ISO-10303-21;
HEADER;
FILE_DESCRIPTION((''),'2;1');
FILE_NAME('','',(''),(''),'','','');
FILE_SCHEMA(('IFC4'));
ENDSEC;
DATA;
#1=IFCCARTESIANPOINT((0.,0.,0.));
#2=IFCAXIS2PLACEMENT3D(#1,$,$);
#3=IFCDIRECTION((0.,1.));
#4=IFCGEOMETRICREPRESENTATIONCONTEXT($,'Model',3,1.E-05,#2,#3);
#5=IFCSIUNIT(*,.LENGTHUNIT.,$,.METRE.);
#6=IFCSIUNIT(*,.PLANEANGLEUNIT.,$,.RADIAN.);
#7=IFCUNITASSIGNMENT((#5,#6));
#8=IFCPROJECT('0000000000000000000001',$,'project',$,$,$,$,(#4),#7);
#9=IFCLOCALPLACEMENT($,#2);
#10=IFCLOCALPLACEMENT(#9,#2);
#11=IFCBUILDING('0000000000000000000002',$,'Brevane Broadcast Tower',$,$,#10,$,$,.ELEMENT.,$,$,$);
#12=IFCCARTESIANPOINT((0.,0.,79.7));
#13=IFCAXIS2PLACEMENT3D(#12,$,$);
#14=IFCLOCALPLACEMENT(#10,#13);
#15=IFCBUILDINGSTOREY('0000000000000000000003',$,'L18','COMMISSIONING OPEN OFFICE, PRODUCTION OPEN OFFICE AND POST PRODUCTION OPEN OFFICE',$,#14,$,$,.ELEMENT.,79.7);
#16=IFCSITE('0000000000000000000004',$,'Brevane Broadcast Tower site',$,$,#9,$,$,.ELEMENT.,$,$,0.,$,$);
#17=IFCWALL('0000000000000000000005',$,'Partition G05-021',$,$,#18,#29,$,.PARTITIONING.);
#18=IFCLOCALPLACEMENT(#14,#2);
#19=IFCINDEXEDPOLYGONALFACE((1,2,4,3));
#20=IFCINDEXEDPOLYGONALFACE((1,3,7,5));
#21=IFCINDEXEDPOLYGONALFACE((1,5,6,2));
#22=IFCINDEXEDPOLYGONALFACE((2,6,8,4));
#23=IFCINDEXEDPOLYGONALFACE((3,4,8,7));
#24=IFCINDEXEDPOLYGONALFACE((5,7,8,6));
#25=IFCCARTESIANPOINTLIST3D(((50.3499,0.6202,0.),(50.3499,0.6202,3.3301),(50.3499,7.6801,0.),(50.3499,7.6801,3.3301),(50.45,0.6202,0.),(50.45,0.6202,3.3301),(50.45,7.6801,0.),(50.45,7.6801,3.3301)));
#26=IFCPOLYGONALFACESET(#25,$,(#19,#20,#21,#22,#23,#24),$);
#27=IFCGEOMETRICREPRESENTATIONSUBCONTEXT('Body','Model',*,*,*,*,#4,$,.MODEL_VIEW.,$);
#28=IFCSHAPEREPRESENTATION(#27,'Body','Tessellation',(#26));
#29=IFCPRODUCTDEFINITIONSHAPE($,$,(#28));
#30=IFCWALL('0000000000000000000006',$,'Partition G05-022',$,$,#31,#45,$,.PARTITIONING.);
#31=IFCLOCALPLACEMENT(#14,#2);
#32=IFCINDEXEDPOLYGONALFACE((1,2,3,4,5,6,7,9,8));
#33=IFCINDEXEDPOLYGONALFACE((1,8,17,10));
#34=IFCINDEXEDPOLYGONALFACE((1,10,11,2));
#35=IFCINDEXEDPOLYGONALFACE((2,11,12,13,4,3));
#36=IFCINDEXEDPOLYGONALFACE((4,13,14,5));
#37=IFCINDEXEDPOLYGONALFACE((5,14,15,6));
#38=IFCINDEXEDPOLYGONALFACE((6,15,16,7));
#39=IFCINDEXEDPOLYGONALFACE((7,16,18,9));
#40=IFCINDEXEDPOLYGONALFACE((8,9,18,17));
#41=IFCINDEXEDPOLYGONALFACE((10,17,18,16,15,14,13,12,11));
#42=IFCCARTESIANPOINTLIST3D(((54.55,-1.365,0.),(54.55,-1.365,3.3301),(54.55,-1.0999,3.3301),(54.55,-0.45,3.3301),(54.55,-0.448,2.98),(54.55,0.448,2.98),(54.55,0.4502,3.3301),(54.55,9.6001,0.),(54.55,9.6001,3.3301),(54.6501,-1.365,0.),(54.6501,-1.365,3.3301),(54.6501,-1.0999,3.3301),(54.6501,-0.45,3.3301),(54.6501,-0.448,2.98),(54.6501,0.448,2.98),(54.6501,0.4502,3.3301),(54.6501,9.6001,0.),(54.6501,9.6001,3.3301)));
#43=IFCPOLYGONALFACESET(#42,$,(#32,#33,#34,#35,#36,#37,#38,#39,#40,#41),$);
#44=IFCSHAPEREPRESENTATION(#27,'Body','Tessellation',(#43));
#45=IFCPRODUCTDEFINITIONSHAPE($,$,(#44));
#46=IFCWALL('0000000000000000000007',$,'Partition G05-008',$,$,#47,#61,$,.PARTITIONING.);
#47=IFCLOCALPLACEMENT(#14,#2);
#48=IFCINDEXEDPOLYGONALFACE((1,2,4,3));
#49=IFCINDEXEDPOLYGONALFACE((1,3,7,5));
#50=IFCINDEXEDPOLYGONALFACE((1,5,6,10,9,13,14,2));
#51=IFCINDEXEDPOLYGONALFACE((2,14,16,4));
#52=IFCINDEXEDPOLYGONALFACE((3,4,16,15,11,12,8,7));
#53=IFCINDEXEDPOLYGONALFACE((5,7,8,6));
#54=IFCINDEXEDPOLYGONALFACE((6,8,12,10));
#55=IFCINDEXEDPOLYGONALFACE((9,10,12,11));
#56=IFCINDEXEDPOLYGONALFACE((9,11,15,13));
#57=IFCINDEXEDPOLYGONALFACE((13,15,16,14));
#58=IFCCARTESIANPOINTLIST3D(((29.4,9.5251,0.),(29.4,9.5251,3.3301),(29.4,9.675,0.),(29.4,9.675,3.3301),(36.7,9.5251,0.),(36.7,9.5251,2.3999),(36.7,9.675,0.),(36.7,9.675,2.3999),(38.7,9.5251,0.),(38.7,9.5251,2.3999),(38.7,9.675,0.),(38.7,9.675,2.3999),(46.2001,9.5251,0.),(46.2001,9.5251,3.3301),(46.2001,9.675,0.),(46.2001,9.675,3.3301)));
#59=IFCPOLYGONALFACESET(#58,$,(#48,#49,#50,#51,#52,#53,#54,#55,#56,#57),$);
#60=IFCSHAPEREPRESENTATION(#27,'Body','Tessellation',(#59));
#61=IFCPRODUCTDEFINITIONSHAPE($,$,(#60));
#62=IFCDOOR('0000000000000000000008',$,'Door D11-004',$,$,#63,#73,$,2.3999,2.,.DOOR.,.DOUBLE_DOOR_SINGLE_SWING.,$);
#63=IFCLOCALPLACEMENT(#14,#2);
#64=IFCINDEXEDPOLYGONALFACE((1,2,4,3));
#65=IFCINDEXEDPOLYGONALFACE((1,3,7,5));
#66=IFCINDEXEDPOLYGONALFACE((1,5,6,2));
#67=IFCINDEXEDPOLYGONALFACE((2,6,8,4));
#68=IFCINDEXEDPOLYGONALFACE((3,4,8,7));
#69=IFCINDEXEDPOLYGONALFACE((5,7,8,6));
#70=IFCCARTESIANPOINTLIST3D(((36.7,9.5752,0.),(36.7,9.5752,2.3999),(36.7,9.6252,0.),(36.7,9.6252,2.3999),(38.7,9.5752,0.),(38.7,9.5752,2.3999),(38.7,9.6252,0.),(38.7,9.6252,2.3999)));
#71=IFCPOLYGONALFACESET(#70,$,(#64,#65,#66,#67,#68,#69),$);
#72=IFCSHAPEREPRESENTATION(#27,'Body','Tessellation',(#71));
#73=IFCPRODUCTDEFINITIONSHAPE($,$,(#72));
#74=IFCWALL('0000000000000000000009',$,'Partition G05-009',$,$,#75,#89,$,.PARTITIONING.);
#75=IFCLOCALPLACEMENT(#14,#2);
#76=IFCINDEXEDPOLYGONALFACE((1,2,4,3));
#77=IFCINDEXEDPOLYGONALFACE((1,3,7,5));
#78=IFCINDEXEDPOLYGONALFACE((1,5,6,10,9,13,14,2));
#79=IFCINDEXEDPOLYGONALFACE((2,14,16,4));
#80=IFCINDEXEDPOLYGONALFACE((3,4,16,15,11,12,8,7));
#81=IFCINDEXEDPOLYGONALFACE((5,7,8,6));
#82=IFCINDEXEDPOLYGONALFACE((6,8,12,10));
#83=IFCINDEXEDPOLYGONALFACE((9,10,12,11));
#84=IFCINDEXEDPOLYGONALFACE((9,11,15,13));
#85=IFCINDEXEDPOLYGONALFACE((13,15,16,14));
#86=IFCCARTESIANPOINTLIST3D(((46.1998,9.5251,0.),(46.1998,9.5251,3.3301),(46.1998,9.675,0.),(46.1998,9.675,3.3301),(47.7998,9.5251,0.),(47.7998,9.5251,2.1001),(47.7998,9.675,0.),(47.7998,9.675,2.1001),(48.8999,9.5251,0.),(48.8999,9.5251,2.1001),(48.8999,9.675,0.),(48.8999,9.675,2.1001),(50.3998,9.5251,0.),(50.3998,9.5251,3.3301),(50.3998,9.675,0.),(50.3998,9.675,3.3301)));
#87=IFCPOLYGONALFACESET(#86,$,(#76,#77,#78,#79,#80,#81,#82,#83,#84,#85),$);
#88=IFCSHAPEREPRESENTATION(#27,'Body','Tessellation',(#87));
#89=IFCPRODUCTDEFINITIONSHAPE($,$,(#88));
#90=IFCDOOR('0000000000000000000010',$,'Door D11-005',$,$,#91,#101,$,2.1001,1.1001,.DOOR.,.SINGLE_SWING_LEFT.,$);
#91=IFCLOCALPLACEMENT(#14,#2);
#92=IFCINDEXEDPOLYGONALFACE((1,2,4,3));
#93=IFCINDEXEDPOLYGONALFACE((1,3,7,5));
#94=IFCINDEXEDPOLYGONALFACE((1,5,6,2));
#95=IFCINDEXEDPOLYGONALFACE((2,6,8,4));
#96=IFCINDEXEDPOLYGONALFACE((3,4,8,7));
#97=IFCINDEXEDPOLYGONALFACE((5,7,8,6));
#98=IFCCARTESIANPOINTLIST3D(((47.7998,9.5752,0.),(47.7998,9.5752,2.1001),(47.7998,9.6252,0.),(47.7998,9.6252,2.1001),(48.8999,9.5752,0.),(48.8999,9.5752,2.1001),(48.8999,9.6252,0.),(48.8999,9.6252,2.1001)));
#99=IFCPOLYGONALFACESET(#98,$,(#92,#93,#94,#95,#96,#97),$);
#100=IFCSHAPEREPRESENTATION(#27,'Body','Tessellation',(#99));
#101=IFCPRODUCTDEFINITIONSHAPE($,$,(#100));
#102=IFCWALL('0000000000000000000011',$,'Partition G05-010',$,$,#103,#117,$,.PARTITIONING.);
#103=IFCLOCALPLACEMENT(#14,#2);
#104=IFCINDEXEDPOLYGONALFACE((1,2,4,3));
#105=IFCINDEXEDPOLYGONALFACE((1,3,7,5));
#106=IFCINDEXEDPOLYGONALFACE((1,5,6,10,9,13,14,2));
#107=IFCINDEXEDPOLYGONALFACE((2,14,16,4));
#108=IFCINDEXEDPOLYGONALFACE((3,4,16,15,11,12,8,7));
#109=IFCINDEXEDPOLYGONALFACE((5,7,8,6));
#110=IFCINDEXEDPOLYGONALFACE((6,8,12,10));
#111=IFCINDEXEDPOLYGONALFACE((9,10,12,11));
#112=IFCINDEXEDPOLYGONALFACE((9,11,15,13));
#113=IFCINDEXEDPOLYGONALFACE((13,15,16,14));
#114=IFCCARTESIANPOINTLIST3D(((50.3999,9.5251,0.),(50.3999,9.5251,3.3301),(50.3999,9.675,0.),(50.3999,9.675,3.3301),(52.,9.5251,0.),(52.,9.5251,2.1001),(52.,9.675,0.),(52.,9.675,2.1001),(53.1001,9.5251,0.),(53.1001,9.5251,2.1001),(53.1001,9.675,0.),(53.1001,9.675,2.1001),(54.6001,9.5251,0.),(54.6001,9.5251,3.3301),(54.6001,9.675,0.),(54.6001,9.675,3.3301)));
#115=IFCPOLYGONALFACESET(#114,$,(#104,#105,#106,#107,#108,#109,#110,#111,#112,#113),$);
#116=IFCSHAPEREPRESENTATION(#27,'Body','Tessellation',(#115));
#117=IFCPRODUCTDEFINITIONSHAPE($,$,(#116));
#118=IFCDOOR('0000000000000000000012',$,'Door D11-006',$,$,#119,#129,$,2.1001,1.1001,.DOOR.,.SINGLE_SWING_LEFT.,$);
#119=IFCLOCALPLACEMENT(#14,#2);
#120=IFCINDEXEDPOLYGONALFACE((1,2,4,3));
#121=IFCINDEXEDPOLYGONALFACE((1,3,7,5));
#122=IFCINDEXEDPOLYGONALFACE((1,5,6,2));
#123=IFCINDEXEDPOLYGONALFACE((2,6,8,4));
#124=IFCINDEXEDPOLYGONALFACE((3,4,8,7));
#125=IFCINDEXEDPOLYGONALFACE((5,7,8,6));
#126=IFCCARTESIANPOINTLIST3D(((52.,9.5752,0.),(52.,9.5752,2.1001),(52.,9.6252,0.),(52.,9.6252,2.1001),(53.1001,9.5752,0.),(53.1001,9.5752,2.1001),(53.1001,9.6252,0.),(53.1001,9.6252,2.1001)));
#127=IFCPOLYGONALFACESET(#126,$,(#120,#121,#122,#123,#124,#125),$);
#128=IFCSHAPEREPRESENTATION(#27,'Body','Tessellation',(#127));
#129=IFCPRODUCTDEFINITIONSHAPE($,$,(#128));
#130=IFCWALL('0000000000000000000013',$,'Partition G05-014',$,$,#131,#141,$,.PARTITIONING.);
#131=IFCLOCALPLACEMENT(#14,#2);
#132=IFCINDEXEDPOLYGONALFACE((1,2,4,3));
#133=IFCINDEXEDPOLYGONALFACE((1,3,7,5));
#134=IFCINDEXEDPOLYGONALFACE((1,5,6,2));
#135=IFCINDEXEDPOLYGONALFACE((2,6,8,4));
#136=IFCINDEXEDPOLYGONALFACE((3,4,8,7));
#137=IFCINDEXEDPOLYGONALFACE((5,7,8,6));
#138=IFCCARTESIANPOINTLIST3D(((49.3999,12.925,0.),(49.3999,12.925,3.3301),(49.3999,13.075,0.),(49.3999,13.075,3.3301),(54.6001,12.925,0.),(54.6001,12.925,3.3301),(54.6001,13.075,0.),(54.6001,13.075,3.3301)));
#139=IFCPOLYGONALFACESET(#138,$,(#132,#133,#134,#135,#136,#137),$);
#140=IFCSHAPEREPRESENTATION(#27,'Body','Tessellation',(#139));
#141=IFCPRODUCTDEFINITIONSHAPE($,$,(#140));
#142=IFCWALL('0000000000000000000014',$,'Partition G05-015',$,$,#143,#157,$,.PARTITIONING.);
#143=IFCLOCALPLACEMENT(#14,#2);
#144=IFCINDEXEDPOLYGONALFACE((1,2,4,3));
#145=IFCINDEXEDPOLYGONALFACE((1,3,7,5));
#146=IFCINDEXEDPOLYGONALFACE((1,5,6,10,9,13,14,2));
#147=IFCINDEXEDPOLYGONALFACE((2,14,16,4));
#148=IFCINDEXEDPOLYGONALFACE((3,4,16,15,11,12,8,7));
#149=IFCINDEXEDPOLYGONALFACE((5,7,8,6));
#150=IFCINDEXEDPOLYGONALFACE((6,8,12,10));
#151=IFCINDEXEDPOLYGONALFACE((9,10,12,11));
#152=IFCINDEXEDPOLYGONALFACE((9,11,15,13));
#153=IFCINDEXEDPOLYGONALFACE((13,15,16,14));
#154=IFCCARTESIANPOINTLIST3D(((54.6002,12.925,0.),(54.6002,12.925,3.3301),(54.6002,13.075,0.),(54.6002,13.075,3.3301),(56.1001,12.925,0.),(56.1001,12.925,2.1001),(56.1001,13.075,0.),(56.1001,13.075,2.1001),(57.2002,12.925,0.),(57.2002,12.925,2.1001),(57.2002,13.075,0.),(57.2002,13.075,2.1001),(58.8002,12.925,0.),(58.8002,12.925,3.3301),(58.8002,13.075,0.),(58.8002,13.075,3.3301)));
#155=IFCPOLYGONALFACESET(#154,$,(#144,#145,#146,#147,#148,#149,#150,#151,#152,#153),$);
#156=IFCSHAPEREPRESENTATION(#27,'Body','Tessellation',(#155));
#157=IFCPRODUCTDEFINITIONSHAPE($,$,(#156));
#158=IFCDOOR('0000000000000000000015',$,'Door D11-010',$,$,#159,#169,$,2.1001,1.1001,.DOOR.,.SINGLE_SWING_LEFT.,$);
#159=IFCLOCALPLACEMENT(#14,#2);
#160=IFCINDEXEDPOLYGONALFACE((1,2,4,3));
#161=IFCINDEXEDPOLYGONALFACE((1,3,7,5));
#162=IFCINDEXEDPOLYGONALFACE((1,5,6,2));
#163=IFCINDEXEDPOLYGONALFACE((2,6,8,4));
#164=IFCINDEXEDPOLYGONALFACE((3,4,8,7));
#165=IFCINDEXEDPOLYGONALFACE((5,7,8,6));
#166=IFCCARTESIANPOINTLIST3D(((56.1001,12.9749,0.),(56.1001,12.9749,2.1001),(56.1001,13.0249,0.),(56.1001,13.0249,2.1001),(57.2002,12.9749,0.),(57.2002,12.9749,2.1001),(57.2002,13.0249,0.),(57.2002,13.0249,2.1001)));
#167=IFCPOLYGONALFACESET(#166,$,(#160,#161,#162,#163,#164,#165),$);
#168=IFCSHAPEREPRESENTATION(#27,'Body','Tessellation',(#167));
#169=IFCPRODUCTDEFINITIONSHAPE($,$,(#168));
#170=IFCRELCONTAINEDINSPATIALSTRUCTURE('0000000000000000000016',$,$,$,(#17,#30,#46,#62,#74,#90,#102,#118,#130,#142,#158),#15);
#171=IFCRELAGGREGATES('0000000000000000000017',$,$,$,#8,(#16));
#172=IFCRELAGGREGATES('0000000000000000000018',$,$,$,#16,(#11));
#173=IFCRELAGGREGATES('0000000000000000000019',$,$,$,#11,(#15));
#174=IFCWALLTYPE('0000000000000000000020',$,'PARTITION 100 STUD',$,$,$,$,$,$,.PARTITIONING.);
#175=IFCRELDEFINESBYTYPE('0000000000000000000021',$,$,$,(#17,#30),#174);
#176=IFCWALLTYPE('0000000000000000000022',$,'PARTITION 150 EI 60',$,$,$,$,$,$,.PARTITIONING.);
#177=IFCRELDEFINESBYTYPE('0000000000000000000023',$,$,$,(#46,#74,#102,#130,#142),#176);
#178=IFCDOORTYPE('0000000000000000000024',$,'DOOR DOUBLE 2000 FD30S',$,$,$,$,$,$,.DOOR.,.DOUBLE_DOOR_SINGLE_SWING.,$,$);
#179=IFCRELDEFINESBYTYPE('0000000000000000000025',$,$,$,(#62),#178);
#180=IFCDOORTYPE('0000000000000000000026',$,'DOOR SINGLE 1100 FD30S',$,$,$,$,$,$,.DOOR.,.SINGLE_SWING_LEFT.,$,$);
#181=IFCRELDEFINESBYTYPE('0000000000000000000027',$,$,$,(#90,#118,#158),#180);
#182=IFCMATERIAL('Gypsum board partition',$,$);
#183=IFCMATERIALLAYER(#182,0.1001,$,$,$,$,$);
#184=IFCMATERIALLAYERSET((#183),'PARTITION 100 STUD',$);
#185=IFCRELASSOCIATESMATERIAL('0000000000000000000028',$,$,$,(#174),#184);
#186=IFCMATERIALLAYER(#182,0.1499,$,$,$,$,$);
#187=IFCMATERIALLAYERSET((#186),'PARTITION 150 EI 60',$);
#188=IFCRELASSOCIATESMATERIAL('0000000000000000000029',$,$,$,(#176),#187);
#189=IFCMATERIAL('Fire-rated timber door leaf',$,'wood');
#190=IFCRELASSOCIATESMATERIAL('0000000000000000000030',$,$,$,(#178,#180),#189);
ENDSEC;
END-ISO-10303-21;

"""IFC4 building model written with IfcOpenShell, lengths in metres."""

from ifc_helpers import new_model, si_unit, direction, frame, frame_2d, origin, place, context, subcontext, project, spatial, polyline, rectangle, outline, extrude, material, layer, layer_set, type_object, element, fill, save


model = new_model("IFC4")

# Units and contexts
model_context = context("Model", 3, precision=1e-05, world=origin(), true_north=direction((0.0, 1.0)))
body_context = subcontext(model_context, "Body", "Model", "MODEL_VIEW")
ifc_project = project(units=[si_unit("LENGTHUNIT", "METRE"), si_unit("PLANEANGLEUNIT", "RADIAN")], contexts=[model_context])

# Site, building, storey
site_placement = place(None, origin())
site = spatial("IfcSite", under=ifc_project, at=site_placement, Name="Brevane Broadcast Tower site", CompositionType="ELEMENT", RefElevation=0.0)
building_placement = place(site_placement, origin())
building = spatial("IfcBuilding", under=site, at=building_placement, Name="Brevane Broadcast Tower", CompositionType="ELEMENT")
storey_placement = place(building_placement, frame((0.0, 0.0, 79.7)))
storey = spatial("IfcBuildingStorey", under=building, at=storey_placement, Name="L18", Description="COMMISSIONING OPEN OFFICE, PRODUCTION OPEN OFFICE AND POST PRODUCTION OPEN OFFICE", CompositionType="ELEMENT", Elevation=79.7)

# Walls
ifc_material_1 = material(Name="Gypsum board partition")
ifc_layer_1 = layer(ifc_material_1, 0.1001)
ifc_layer_set_1 = layer_set([ifc_layer_1], Name="PARTITION 100 STUD")
wall_type_1 = type_object("IfcWallType", Name="PARTITION 100 STUD", PredefinedType="PARTITIONING", material=ifc_layer_set_1)
wall_1_placement = place(storey_placement, frame((50.3999, 7.6799, 0.0), z_axis=(0.0, 0.0, 1.0), x_axis=(0.0, -1.0, 0.0)))
element("IfcWall", 1, at=wall_1_placement, inside=storey, type_object=wall_type_1, Name="Partition G05-021", PredefinedType="PARTITIONING", context=body_context, shape_type="SweptSolid", body=[
    extrude(rectangle(XDim=7.0598, YDim=0.1001, at=frame_2d((3.5298, 0.0))), origin(), (0.0, 0.0, 1.0), 3.3301),
])
wall_2_placement = place(storey_placement, frame((54.6001, 9.6001, 0.0), z_axis=(0.0, 0.0, 1.0), x_axis=(0.0, -1.0, 0.0)))
element("IfcWall", 2, at=wall_2_placement, inside=storey, type_object=wall_type_1, Name="Partition G05-022", PredefinedType="PARTITIONING", context=body_context, shape_type="SweptSolid", body=[
    extrude(outline(polyline([(0.0, 0.0), (10.9651, 0.0), (10.9651, 3.3301), (10.7, 3.3301), (10.05, 3.3301), (10.0481, 2.98), (9.1521, 2.98), (9.1499, 3.3301), (0.0, 3.3301), (0.0, 0.0)])), frame((0.0, 0.05, 0.0), z_axis=(0.0, -1.0, 0.0), x_axis=(1.0, 0.0, 0.0)), (0.0, 0.0, 1.0), 0.1001),
])

# Walls, openings, doors
ifc_layer_2 = layer(ifc_material_1, 0.1499)
ifc_layer_set_2 = layer_set([ifc_layer_2], Name="PARTITION 150 EI 60")
wall_type_2 = type_object("IfcWallType", Name="PARTITION 150 EI 60", PredefinedType="PARTITIONING", material=ifc_layer_set_2)
wall_3_placement = place(storey_placement, frame((46.2, 9.6001, 0.0), z_axis=(0.0, 0.0, 1.0), x_axis=(-1.0, 0.0, 0.0)))
wall_3 = element("IfcWall", 3, at=wall_3_placement, inside=storey, type_object=wall_type_2, Name="Partition G05-008", PredefinedType="PARTITIONING", context=body_context, shape_type="SweptSolid", body=[
    extrude(rectangle(XDim=16.8, YDim=0.1499, at=frame_2d((8.3999, 0.0))), origin(), (0.0, 0.0, 1.0), 3.3301),
])
opening_1_placement = place(wall_3_placement, frame((7.5, 0.0, 0.0)))
opening_1 = element("IfcOpeningElement", 4, at=opening_1_placement, cuts=wall_3, PredefinedType="OPENING", context=body_context, shape_type="SweptSolid", body=[
    extrude(rectangle(XDim=2.0, YDim=2.3999, at=frame_2d((1.0, 1.2))), frame((0.0, 0.085, 0.0), z_axis=(0.0, -1.0, 0.0), x_axis=(1.0, 0.0, 0.0)), (0.0, 0.0, 1.0), 0.1699),
])
ifc_material_2 = material(Name="Fire-rated timber door leaf", Category="wood")
door_type_1 = type_object("IfcDoorType", Name="DOOR DOUBLE 2000 FD30S", OperationType="DOUBLE_DOOR_SINGLE_SWING", PredefinedType="DOOR", material=ifc_material_2)
door_1_placement = place(opening_1_placement, origin())
door_1 = element("IfcDoor", 5, at=door_1_placement, inside=storey, type_object=door_type_1, Name="Door D11-004", OperationType="DOUBLE_DOOR_SINGLE_SWING", OverallHeight=2.3999, OverallWidth=2.0, PredefinedType="DOOR", context=body_context, shape_type="SweptSolid", body=[
    extrude(rectangle(XDim=2.0, YDim=2.3999, at=frame_2d((1.0, 1.2))), frame((0.0, 0.0249, 0.0), z_axis=(0.0, -1.0, 0.0), x_axis=(1.0, 0.0, 0.0)), (0.0, 0.0, 1.0), 0.05),
])
fill(opening_1, door_1)
wall_4_placement = place(storey_placement, frame((50.3999, 9.6001, 0.0), z_axis=(0.0, 0.0, 1.0), x_axis=(-1.0, 0.0, 0.0)))
wall_4 = element("IfcWall", 6, at=wall_4_placement, inside=storey, type_object=wall_type_2, Name="Partition G05-009", PredefinedType="PARTITIONING", context=body_context, shape_type="SweptSolid", body=[
    extrude(rectangle(XDim=4.2, YDim=0.1499, at=frame_2d((2.1001, 0.0))), origin(), (0.0, 0.0, 1.0), 3.3301),
])
opening_2_placement = place(wall_4_placement, frame((1.5, 0.0, 0.0)))
opening_2 = element("IfcOpeningElement", 7, at=opening_2_placement, cuts=wall_4, PredefinedType="OPENING", context=body_context, shape_type="SweptSolid", body=[
    extrude(rectangle(XDim=1.1001, YDim=2.1001, at=frame_2d((0.55, 1.05))), frame((0.0, 0.085, 0.0), z_axis=(0.0, -1.0, 0.0), x_axis=(1.0, 0.0, 0.0)), (0.0, 0.0, 1.0), 0.1699),
])
door_type_2 = type_object("IfcDoorType", Name="DOOR SINGLE 1100 FD30S", OperationType="SINGLE_SWING_LEFT", PredefinedType="DOOR", material=ifc_material_2)
door_2_placement = place(opening_2_placement, origin())
door_2 = element("IfcDoor", 8, at=door_2_placement, inside=storey, type_object=door_type_2, Name="Door D11-005", OperationType="SINGLE_SWING_LEFT", OverallHeight=2.1001, OverallWidth=1.1001, PredefinedType="DOOR", context=body_context, shape_type="SweptSolid", body=[
    extrude(rectangle(XDim=1.1001, YDim=2.1001, at=frame_2d((0.55, 1.05))), frame((0.0, 0.0249, 0.0), z_axis=(0.0, -1.0, 0.0), x_axis=(1.0, 0.0, 0.0)), (0.0, 0.0, 1.0), 0.05),
])
fill(opening_2, door_2)
wall_5_placement = place(storey_placement, frame((54.6001, 9.6001, 0.0), z_axis=(0.0, 0.0, 1.0), x_axis=(-1.0, 0.0, 0.0)))
wall_5 = element("IfcWall", 9, at=wall_5_placement, inside=storey, type_object=wall_type_2, Name="Partition G05-010", PredefinedType="PARTITIONING", context=body_context, shape_type="SweptSolid", body=[
    extrude(rectangle(XDim=4.2002, YDim=0.1499, at=frame_2d((2.1001, 0.0))), origin(), (0.0, 0.0, 1.0), 3.3301),
])
opening_3_placement = place(wall_5_placement, frame((1.5, 0.0, 0.0)))
opening_3 = element("IfcOpeningElement", 10, at=opening_3_placement, cuts=wall_5, PredefinedType="OPENING", context=body_context, shape_type="SweptSolid", body=[
    extrude(rectangle(XDim=1.1001, YDim=2.1001, at=frame_2d((0.55, 1.05))), frame((0.0, 0.085, 0.0), z_axis=(0.0, -1.0, 0.0), x_axis=(1.0, 0.0, 0.0)), (0.0, 0.0, 1.0), 0.1699),
])
door_3_placement = place(opening_3_placement, origin())
door_3 = element("IfcDoor", 11, at=door_3_placement, inside=storey, type_object=door_type_2, Name="Door D11-006", OperationType="SINGLE_SWING_LEFT", OverallHeight=2.1001, OverallWidth=1.1001, PredefinedType="DOOR", context=body_context, shape_type="SweptSolid", body=[
    extrude(rectangle(XDim=1.1001, YDim=2.1001, at=frame_2d((0.55, 1.05))), frame((0.0, 0.0249, 0.0), z_axis=(0.0, -1.0, 0.0), x_axis=(1.0, 0.0, 0.0)), (0.0, 0.0, 1.0), 0.05),
])
fill(opening_3, door_3)

# Wall
wall_6_placement = place(storey_placement, frame((49.3999, 13.0, 0.0), z_axis=(0.0, 0.0, 1.0), x_axis=(1.0, 0.0, 0.0)))
element("IfcWall", 12, at=wall_6_placement, inside=storey, type_object=wall_type_2, Name="Partition G05-014", PredefinedType="PARTITIONING", context=body_context, shape_type="SweptSolid", body=[
    extrude(rectangle(XDim=5.2002, YDim=0.1499, at=frame_2d((2.6001, 0.0))), origin(), (0.0, 0.0, 1.0), 3.3301),
])

# Wall, opening, door
wall_7_placement = place(storey_placement, frame((54.6001, 13.0, 0.0), z_axis=(0.0, 0.0, 1.0), x_axis=(1.0, 0.0, 0.0)))
wall_7 = element("IfcWall", 13, at=wall_7_placement, inside=storey, type_object=wall_type_2, Name="Partition G05-015", PredefinedType="PARTITIONING", context=body_context, shape_type="SweptSolid", body=[
    extrude(rectangle(XDim=4.2, YDim=0.1499, at=frame_2d((2.1001, 0.0))), origin(), (0.0, 0.0, 1.0), 3.3301),
])
opening_4_placement = place(wall_7_placement, frame((1.5, 0.0, 0.0)))
opening_4 = element("IfcOpeningElement", 14, at=opening_4_placement, cuts=wall_7, PredefinedType="OPENING", context=body_context, shape_type="SweptSolid", body=[
    extrude(rectangle(XDim=1.1001, YDim=2.1001, at=frame_2d((0.55, 1.05))), frame((0.0, 0.085, 0.0), z_axis=(0.0, -1.0, 0.0), x_axis=(1.0, 0.0, 0.0)), (0.0, 0.0, 1.0), 0.1699),
])
door_4_placement = place(opening_4_placement, origin())
door_4 = element("IfcDoor", 15, at=door_4_placement, inside=storey, type_object=door_type_2, Name="Door D11-010", OperationType="SINGLE_SWING_LEFT", OverallHeight=2.1001, OverallWidth=1.1001, PredefinedType="DOOR", context=body_context, shape_type="SweptSolid", body=[
    extrude(rectangle(XDim=1.1001, YDim=2.1001, at=frame_2d((0.55, 1.05))), frame((0.0, 0.0249, 0.0), z_axis=(0.0, -1.0, 0.0), x_axis=(1.0, 0.0, 0.0)), (0.0, 0.0, 1.0), 0.05),
])
fill(opening_4, door_4)

save(model, "model.ifc")
